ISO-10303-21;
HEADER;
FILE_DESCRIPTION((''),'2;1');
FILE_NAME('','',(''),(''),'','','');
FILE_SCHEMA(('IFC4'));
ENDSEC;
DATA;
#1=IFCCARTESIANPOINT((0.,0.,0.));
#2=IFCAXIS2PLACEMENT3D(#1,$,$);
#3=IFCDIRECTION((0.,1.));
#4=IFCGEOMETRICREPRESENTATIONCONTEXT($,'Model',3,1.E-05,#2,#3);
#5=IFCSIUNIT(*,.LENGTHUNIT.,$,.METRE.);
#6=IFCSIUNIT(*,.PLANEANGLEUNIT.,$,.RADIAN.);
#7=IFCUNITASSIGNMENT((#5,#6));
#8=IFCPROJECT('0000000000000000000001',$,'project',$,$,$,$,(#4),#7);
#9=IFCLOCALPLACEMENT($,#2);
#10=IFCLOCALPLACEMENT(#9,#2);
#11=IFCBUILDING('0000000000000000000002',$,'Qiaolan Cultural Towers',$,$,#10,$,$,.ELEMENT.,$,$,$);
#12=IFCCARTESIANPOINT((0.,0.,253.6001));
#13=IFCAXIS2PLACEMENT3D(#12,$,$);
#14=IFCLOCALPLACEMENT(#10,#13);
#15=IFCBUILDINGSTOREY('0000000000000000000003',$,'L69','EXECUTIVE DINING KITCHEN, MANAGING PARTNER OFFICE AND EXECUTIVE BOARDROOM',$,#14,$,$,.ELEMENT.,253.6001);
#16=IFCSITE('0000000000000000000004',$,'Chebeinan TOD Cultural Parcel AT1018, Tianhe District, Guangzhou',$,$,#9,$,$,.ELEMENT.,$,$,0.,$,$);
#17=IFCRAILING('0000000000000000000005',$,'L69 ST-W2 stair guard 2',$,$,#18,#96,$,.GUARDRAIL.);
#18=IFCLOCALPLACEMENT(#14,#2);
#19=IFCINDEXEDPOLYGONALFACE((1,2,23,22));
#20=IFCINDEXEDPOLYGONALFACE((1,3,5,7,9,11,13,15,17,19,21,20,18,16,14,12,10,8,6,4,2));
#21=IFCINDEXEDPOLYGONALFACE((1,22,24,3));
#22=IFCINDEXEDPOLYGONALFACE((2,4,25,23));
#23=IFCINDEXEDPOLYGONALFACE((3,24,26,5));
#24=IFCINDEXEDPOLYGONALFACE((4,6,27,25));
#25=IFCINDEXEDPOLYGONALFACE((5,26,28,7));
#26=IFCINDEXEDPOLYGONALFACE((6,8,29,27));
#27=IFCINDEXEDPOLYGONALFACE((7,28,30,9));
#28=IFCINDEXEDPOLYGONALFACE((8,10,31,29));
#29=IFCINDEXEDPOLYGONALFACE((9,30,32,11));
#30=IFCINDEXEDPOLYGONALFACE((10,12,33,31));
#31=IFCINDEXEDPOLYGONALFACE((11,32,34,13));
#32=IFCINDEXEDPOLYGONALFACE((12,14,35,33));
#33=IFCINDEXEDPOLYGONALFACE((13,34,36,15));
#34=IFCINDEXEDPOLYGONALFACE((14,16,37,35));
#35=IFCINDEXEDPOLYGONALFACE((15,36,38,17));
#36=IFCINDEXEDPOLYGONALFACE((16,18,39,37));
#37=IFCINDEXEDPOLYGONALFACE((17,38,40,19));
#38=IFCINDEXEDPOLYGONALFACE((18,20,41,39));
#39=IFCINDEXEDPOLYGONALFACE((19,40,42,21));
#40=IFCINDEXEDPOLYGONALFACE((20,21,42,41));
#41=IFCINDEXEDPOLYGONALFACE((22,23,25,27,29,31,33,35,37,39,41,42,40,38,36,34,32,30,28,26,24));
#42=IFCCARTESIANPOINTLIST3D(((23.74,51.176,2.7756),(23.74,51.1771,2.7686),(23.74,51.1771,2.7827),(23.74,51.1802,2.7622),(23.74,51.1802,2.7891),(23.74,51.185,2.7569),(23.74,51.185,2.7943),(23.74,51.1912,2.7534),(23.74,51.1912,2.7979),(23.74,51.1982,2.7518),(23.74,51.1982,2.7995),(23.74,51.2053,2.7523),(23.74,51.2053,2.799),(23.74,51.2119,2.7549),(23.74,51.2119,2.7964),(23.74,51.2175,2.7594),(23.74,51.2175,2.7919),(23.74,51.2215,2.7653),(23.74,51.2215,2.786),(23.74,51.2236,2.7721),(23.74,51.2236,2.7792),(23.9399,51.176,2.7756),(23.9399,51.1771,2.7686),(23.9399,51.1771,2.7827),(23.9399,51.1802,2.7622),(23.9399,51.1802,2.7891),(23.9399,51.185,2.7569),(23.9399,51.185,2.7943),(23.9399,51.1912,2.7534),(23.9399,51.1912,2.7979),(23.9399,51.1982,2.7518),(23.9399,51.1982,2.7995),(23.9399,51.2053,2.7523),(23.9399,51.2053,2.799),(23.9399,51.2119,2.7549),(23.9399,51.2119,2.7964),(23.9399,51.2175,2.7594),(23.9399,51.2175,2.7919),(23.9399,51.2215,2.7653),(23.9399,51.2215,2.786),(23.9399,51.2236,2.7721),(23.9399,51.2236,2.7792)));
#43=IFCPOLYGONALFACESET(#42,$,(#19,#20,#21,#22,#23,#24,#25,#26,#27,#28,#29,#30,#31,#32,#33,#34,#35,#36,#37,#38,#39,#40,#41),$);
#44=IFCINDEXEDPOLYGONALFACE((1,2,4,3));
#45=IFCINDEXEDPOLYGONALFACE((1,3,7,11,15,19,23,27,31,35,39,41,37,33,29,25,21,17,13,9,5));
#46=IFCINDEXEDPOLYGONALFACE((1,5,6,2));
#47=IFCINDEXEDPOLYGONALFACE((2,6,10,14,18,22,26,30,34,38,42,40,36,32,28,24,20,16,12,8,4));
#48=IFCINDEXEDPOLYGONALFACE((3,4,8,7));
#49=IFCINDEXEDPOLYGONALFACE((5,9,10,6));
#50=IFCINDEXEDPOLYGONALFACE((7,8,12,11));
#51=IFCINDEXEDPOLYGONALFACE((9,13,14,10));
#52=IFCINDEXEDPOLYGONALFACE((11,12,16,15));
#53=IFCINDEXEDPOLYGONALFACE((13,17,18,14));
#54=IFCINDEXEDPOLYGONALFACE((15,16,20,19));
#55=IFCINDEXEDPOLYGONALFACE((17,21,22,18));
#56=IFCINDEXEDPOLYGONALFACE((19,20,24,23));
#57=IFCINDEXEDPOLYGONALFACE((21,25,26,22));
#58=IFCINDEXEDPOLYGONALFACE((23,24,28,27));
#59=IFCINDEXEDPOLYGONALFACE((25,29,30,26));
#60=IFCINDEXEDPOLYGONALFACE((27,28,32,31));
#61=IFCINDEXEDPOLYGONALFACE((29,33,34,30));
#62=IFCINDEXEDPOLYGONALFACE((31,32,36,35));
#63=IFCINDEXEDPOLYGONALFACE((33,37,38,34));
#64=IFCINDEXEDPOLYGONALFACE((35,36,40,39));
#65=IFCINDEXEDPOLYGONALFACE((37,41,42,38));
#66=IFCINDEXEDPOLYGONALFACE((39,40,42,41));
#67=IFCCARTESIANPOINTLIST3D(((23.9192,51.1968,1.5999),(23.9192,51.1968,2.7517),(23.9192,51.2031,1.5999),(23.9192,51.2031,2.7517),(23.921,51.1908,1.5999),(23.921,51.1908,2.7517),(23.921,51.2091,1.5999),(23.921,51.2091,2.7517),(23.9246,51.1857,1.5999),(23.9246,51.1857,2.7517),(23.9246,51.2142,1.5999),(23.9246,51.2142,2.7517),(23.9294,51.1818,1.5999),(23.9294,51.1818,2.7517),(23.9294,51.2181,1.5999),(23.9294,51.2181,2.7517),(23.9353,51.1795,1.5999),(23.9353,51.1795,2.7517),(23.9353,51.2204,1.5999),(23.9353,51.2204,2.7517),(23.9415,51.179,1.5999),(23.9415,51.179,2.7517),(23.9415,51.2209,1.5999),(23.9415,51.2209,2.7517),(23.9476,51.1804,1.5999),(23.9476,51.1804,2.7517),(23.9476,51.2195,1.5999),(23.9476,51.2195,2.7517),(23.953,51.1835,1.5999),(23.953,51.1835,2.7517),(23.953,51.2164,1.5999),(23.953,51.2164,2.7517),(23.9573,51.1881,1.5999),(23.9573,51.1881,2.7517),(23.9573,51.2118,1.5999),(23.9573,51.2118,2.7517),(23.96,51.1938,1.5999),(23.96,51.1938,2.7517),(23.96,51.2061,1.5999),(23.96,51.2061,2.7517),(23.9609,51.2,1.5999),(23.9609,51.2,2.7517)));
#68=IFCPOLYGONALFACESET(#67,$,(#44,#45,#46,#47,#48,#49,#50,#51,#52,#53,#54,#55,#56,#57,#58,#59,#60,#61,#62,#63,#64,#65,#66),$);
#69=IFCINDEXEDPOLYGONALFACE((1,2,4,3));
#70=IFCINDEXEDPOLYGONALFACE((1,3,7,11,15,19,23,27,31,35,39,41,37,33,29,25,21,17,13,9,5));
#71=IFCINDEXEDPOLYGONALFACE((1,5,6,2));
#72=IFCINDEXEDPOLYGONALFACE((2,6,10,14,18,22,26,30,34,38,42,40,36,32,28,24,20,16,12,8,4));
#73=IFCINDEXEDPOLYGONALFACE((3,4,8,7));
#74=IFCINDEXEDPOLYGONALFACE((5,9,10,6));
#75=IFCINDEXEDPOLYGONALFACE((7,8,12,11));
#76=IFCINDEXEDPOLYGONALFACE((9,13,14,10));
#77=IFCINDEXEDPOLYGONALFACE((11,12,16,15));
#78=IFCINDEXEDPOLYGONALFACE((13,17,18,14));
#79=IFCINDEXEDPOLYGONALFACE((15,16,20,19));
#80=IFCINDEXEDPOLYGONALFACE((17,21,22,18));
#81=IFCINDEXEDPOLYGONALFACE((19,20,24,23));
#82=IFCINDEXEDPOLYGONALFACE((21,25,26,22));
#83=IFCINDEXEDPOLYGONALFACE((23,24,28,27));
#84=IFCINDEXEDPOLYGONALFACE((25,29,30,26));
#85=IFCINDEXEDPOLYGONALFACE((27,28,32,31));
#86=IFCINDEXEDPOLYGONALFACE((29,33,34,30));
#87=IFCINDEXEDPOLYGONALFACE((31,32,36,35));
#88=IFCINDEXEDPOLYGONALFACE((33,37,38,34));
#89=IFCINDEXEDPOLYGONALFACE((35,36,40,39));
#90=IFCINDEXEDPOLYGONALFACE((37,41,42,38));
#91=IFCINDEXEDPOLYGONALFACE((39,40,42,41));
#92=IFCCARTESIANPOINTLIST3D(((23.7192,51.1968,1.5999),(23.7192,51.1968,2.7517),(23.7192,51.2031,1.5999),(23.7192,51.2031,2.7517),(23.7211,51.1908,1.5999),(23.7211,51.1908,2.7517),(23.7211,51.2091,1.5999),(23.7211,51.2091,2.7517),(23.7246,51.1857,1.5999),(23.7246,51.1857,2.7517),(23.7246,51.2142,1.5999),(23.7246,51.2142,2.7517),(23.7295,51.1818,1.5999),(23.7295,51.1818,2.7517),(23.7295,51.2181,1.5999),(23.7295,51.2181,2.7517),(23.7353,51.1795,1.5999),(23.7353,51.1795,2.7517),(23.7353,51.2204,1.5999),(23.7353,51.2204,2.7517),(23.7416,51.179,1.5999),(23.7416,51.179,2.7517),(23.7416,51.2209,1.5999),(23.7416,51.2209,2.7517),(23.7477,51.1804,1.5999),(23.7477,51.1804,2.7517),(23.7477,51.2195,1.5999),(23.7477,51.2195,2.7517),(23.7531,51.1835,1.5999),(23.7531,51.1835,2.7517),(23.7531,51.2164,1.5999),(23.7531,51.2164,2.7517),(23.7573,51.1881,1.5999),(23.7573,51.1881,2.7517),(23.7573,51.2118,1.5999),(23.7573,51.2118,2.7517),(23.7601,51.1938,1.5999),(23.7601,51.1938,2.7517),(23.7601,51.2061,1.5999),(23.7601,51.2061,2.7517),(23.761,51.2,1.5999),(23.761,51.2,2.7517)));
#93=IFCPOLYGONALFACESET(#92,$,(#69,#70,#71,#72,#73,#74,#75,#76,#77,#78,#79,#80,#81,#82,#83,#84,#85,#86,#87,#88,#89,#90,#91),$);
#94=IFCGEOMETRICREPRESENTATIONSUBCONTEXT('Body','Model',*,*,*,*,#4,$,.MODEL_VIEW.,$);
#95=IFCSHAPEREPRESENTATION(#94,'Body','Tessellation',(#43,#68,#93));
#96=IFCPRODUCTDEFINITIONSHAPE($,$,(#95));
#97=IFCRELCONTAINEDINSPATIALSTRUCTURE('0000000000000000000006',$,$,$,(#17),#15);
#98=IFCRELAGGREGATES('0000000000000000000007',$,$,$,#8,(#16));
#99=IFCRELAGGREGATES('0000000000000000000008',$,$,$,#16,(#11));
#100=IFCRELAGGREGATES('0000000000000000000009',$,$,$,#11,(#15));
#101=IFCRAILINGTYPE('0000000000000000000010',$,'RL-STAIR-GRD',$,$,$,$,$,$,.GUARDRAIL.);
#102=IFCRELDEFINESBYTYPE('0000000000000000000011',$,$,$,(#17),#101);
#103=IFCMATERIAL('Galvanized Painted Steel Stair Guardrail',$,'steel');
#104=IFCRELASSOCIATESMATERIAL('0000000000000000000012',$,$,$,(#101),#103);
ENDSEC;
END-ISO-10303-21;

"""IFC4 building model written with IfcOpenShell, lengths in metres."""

from ifc_helpers import new_model, si_unit, direction, frame, origin, origin_2d, place, context, subcontext, project, spatial, circle, extrude, material, type_object, element, save


model = new_model("IFC4")

# Units and contexts
model_context = context("Model", 3, precision=1e-05, world=origin(), true_north=direction((0.0, 1.0)))
body_context = subcontext(model_context, "Body", "Model", "MODEL_VIEW")
ifc_project = project(units=[si_unit("LENGTHUNIT", "METRE"), si_unit("PLANEANGLEUNIT", "RADIAN")], contexts=[model_context])

# Site, building, storey
site_placement = place(None, origin())
site = spatial("IfcSite", under=ifc_project, at=site_placement, Name="Chebeinan TOD Cultural Parcel AT1018, Tianhe District, Guangzhou", CompositionType="ELEMENT", RefElevation=0.0)
building_placement = place(site_placement, origin())
building = spatial("IfcBuilding", under=site, at=building_placement, Name="Qiaolan Cultural Towers", CompositionType="ELEMENT")
storey_placement = place(building_placement, frame((0.0, 0.0, 253.6001)))
storey = spatial("IfcBuildingStorey", under=building, at=storey_placement, Name="L69", Description="EXECUTIVE DINING KITCHEN, MANAGING PARTNER OFFICE AND EXECUTIVE BOARDROOM", CompositionType="ELEMENT", Elevation=253.6001)

# Railing
ifc_material_1 = material(Name="Galvanized Painted Steel Stair Guardrail", Category="steel")
railing_type_1 = type_object("IfcRailingType", Name="RL-STAIR-GRD", PredefinedType="GUARDRAIL", material=ifc_material_1)
railing_1_placement = place(storey_placement, frame((23.9399, 51.2, 1.5999)))
element("IfcRailing", 1, at=railing_1_placement, inside=storey, type_object=railing_type_1, Name="L69 ST-W2 stair guard 2", PredefinedType="GUARDRAIL", context=body_context, shape_type="SweptSolid", body=[
    extrude(circle(Radius=0.0239, at=origin_2d()), frame((0.0, 0.0, 1.1758), z_axis=(-1.0, 0.0, 0.0), x_axis=(0.0, -1.0, 0.0)), (0.0, 0.0, 1.0), 0.2),
    extrude(circle(Radius=0.021, at=origin_2d()), origin(), (0.0, 0.0, 1.0), 1.1519),
    extrude(circle(Radius=0.021, at=origin_2d()), frame((-0.2, 0.0, 0.0)), (0.0, 0.0, 1.0), 1.1519),
])

save(model, "model.ifc")
